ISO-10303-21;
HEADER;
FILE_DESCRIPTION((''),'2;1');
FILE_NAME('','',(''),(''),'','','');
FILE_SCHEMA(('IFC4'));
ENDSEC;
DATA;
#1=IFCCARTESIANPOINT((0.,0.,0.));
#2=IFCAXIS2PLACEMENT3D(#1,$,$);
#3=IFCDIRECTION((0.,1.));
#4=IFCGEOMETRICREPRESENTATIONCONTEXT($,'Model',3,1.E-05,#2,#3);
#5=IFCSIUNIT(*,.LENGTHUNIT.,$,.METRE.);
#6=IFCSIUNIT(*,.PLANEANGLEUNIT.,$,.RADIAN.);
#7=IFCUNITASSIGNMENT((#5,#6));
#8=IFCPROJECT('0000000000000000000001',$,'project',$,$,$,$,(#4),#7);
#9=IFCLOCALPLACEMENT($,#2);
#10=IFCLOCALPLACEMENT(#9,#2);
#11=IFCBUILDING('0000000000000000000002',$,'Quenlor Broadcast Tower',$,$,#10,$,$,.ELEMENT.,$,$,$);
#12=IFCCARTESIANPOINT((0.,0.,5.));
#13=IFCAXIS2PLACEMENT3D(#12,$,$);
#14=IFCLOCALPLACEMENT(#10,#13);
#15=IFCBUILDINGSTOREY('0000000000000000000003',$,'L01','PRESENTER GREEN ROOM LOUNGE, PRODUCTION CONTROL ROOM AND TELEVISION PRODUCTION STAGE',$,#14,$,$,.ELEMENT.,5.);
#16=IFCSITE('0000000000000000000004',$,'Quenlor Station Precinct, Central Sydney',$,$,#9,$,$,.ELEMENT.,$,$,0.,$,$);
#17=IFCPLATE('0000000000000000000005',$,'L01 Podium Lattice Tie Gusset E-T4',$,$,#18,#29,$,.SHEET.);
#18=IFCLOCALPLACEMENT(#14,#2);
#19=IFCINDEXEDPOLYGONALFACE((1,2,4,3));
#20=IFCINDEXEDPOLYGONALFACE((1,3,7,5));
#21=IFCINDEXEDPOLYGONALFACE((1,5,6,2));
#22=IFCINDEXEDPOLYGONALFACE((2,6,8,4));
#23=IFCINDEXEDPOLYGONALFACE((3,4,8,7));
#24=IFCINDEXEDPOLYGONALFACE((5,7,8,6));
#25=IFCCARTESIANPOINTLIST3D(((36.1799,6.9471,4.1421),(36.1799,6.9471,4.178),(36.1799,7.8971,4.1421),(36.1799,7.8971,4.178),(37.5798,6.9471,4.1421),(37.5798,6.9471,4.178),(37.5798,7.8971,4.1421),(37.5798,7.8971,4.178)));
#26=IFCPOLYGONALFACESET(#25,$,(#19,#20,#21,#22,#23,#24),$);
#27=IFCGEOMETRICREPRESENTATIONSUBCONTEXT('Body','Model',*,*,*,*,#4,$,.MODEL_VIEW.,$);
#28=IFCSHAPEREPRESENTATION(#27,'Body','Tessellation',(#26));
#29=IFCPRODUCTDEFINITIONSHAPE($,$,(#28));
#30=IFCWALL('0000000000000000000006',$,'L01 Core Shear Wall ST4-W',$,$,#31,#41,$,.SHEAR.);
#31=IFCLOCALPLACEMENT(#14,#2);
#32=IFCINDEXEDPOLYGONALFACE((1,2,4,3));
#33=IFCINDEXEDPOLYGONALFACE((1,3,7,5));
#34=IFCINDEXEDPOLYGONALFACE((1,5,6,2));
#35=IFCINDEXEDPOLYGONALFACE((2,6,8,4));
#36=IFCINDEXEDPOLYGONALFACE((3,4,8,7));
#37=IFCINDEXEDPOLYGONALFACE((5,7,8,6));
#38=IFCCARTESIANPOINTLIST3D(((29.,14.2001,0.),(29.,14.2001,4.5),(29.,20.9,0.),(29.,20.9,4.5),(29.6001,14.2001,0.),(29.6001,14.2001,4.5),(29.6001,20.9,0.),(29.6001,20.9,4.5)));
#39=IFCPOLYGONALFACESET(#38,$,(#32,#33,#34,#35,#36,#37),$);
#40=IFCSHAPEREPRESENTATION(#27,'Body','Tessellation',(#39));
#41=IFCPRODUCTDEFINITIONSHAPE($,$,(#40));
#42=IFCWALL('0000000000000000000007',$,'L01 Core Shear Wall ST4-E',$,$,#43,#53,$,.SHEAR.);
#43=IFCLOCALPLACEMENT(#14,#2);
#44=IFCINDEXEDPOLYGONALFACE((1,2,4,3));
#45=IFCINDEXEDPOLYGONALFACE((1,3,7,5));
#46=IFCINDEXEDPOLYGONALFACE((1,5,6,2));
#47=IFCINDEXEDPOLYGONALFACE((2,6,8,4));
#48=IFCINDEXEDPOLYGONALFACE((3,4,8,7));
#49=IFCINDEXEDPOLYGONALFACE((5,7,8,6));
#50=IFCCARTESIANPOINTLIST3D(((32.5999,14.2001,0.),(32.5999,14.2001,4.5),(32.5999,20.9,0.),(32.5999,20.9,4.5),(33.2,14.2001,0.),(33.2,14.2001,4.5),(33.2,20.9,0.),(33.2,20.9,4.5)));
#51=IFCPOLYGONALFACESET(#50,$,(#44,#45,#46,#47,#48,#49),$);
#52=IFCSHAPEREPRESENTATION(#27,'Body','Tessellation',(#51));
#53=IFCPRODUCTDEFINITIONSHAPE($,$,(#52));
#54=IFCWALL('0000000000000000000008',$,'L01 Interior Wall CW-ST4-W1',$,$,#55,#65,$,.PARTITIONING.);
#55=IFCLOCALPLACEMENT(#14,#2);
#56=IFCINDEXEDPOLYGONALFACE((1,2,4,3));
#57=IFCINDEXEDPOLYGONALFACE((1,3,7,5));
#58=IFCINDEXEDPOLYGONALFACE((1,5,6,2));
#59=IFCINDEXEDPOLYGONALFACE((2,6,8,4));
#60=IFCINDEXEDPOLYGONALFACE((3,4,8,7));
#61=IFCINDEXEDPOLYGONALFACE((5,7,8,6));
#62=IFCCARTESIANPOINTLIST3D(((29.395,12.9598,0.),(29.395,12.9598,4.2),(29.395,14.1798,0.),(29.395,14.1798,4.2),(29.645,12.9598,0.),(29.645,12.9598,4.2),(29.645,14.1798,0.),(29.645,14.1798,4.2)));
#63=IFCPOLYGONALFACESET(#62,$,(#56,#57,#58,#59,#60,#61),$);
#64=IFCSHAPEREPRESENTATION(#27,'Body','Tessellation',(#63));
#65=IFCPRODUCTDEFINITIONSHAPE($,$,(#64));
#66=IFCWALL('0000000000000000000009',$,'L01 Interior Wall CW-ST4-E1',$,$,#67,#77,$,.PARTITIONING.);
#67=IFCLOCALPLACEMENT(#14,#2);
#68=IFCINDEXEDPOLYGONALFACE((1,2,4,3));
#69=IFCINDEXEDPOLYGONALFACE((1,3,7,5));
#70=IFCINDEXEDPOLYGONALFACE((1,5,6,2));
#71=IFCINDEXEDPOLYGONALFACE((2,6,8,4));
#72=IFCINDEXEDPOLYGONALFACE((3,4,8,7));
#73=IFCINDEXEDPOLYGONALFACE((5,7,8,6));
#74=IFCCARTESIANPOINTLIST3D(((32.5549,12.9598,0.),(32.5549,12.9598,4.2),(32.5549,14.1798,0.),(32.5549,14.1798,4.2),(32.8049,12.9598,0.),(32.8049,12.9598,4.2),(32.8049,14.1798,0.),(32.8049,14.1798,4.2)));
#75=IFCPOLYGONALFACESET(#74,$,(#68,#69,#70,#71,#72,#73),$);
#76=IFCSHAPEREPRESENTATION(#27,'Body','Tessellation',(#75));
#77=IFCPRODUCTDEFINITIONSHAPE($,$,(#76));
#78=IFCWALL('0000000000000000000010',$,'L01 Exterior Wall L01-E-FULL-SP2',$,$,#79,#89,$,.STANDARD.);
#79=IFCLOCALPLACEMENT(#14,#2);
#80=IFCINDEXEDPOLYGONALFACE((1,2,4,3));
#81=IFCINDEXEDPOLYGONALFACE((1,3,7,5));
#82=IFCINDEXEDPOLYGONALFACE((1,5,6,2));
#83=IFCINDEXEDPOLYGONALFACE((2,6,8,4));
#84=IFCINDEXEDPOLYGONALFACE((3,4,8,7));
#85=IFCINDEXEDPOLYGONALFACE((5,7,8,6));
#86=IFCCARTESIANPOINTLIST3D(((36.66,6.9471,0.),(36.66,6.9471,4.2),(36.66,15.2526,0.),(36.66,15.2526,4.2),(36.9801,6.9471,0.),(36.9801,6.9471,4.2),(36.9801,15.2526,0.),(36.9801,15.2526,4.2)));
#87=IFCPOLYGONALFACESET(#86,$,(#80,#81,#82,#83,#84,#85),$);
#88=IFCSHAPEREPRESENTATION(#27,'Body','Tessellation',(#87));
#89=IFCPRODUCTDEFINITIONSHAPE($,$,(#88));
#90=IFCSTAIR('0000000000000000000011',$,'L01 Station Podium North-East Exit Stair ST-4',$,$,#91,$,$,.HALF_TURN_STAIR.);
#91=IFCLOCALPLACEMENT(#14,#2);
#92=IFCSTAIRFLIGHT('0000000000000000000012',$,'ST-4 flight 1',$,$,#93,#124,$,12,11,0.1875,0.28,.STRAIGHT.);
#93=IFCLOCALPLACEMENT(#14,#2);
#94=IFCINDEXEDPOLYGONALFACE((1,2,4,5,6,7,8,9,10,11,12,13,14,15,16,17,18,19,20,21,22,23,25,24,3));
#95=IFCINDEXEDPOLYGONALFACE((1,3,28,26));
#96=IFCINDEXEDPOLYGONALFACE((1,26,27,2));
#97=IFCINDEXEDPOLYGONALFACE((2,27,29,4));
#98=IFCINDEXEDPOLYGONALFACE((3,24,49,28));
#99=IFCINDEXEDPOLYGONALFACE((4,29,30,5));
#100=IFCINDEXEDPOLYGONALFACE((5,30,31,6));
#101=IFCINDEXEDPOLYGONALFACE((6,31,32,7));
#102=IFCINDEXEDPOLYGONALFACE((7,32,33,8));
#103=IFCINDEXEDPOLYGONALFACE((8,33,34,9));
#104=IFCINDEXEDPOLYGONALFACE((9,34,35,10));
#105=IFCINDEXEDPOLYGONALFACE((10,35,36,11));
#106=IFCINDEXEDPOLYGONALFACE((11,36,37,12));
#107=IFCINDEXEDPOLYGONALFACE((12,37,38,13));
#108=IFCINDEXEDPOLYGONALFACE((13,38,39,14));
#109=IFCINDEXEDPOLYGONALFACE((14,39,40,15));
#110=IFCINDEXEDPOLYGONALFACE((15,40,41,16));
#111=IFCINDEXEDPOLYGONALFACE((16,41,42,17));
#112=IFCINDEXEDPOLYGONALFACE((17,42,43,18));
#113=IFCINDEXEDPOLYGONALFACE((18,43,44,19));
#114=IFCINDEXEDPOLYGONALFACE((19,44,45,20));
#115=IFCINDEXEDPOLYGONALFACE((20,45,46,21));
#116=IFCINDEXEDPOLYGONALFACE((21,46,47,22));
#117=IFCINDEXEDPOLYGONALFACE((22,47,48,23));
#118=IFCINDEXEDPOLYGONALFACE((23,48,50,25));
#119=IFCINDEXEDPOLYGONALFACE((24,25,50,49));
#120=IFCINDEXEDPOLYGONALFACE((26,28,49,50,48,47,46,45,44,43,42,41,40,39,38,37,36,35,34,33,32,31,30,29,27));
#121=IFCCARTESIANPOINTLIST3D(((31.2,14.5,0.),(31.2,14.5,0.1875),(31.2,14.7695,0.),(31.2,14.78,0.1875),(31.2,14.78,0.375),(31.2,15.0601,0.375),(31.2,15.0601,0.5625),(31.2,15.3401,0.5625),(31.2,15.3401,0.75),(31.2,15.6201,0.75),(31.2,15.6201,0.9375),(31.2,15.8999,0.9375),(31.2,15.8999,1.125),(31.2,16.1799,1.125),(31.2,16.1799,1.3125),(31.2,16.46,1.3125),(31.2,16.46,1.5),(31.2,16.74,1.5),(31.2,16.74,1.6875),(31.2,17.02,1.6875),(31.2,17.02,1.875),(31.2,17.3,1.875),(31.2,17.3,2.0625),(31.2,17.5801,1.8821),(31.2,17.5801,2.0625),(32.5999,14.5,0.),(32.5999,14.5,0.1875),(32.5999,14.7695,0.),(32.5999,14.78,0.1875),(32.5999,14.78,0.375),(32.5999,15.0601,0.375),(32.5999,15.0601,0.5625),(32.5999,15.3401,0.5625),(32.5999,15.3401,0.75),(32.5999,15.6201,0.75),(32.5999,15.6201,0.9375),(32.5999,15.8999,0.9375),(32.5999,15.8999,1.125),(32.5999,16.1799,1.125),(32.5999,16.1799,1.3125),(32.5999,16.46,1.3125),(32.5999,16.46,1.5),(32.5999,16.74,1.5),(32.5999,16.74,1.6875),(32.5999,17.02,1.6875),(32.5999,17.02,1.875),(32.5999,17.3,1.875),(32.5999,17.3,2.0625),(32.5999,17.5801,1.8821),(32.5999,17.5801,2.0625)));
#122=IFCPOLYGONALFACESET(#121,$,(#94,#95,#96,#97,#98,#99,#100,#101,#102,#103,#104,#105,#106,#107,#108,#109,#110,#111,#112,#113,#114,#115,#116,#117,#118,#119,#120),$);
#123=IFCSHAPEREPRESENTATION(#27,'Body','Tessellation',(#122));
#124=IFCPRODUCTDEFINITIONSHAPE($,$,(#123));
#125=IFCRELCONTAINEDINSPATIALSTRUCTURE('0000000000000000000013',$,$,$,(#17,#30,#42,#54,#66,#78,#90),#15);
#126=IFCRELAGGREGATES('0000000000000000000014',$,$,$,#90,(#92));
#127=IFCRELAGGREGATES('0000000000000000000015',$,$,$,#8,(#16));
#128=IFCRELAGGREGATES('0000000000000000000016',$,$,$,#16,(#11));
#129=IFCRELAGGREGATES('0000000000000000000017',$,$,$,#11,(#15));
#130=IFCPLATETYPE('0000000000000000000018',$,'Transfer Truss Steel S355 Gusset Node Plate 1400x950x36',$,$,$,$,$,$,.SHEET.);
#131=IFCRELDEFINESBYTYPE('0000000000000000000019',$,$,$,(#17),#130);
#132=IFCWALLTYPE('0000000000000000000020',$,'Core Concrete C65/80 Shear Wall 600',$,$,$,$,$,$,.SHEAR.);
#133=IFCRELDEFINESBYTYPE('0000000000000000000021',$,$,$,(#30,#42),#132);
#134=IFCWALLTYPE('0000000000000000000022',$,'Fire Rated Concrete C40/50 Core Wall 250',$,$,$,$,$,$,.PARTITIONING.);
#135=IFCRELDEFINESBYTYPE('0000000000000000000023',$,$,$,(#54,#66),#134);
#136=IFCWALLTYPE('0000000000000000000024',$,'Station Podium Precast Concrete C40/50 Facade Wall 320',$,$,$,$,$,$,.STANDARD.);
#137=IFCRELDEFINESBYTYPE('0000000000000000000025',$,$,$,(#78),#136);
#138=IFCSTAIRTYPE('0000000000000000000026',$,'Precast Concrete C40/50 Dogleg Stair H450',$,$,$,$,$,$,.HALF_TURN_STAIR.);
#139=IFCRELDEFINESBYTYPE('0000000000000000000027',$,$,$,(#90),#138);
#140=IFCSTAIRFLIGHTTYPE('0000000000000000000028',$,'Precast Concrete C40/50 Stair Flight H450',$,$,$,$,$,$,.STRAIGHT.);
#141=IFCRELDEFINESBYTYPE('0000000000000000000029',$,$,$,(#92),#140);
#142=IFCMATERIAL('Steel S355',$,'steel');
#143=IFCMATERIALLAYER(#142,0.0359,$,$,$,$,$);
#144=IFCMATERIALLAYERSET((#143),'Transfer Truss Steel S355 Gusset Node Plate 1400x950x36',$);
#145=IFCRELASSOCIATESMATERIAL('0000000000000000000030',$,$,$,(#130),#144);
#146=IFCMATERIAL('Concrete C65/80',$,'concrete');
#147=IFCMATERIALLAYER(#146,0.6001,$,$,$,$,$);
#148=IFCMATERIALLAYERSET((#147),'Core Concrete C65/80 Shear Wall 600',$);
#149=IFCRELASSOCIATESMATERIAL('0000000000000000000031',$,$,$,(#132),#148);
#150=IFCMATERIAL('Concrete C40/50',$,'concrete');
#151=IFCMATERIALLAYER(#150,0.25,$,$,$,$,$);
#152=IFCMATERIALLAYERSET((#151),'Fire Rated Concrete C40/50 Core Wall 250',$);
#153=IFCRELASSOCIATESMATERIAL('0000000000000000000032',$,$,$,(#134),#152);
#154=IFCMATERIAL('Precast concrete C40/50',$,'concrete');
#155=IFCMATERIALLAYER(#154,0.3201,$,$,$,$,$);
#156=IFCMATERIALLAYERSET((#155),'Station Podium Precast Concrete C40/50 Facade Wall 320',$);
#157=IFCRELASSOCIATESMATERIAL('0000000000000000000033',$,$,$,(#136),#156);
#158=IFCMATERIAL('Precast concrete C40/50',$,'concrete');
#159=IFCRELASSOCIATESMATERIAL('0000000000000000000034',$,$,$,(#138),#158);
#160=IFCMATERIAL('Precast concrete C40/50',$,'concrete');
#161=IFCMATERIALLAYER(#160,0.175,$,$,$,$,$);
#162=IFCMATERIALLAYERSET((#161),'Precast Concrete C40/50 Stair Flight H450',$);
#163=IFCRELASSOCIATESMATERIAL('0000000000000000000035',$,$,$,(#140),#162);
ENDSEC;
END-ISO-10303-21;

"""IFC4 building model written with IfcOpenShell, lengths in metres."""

from ifc_helpers import new_model, si_unit, direction, frame, frame_2d, origin, origin_2d, place, context, subcontext, project, spatial, polyline, rectangle, outline, extrude, material, layer, layer_set, type_object, element, aggregate, save


model = new_model("IFC4")

# Units and contexts
model_context = context("Model", 3, precision=1e-05, world=origin(), true_north=direction((0.0, 1.0)))
body_context = subcontext(model_context, "Body", "Model", "MODEL_VIEW")
ifc_project = project(units=[si_unit("LENGTHUNIT", "METRE"), si_unit("PLANEANGLEUNIT", "RADIAN")], contexts=[model_context])

# Site, building, storey
site_placement = place(None, origin())
site = spatial("IfcSite", under=ifc_project, at=site_placement, Name="Quenlor Station Precinct, Central Sydney", CompositionType="ELEMENT", RefElevation=0.0)
building_placement = place(site_placement, origin())
building = spatial("IfcBuilding", under=site, at=building_placement, Name="Quenlor Broadcast Tower", CompositionType="ELEMENT")
storey_placement = place(building_placement, frame((0.0, 0.0, 5.0)))
storey = spatial("IfcBuildingStorey", under=building, at=storey_placement, Name="L01", Description="PRESENTER GREEN ROOM LOUNGE, PRODUCTION CONTROL ROOM AND TELEVISION PRODUCTION STAGE", CompositionType="ELEMENT", Elevation=5.0)

# Plate
ifc_material_1 = material(Name="Steel S355", Category="steel")
ifc_layer_1 = layer(ifc_material_1, 0.0359)
ifc_layer_set_1 = layer_set([ifc_layer_1], Name="Transfer Truss Steel S355 Gusset Node Plate 1400x950x36")
plate_type = type_object("IfcPlateType", Name="Transfer Truss Steel S355 Gusset Node Plate 1400x950x36", PredefinedType="SHEET", material=ifc_layer_set_1)
for number, where, z_axis, x_axis, name in (
    (1, (36.8799, 7.4221, 4.1421), (0.0, 0.0, 1.0), (1.0, 0.0, 0.0), "L01 Podium Lattice Tie Gusset E-T4"),
):
    element("IfcPlate", number, at=place(storey_placement, frame(where, z_axis=z_axis, x_axis=x_axis)), inside=storey, type_object=plate_type, Name=name, PredefinedType="SHEET", context=body_context, shape_type="SweptSolid", body=[
        extrude(rectangle(XDim=1.3999, YDim=0.95, at=origin_2d()), origin(), (0.0, 0.0, 1.0), 0.0359),
    ])

# Walls
ifc_material_2 = material(Name="Concrete C65/80", Category="concrete")
ifc_layer_2 = layer(ifc_material_2, 0.6001)
ifc_layer_set_2 = layer_set([ifc_layer_2], Name="Core Concrete C65/80 Shear Wall 600")
wall_type_1 = type_object("IfcWallType", Name="Core Concrete C65/80 Shear Wall 600", PredefinedType="SHEAR", material=ifc_layer_set_2)
for number, where, z_axis, x_axis, name in (
    (2, (29.3, 14.2, 0.0), (0.0, 0.0, 1.0), (0.0, 1.0, 0.0), "L01 Core Shear Wall ST4-W"),
    (3, (32.8999, 14.2, 0.0), (0.0, 0.0, 1.0), (0.0, 1.0, 0.0), "L01 Core Shear Wall ST4-E"),
):
    element("IfcWall", number, at=place(storey_placement, frame(where, z_axis=z_axis, x_axis=x_axis)), inside=storey, type_object=wall_type_1, Name=name, PredefinedType="SHEAR", context=body_context, shape_type="SweptSolid", body=[
        extrude(rectangle(XDim=6.7, YDim=0.6001, at=frame_2d((3.3501, 0.0))), origin(), (0.0, 0.0, 1.0), 4.5),
    ])

# Shared definitions
ifc_material_3 = material(Name="Concrete C40/50", Category="concrete")
ifc_layer_3 = layer(ifc_material_3, 0.25)
ifc_layer_set_3 = layer_set([ifc_layer_3], Name="Fire Rated Concrete C40/50 Core Wall 250")
wall_type_2 = type_object("IfcWallType", Name="Fire Rated Concrete C40/50 Core Wall 250", PredefinedType="PARTITIONING", material=ifc_layer_set_3)

# Walls
for number, where, z_axis, x_axis, name in (
    (4, (29.52, 12.96, 0.0), (0.0, 0.0, 1.0), (0.0, 1.0, 0.0), "L01 Interior Wall CW-ST4-W1"),
    (5, (32.6799, 12.96, 0.0), (0.0, 0.0, 1.0), (0.0, 1.0, 0.0), "L01 Interior Wall CW-ST4-E1"),
):
    element("IfcWall", number, at=place(storey_placement, frame(where, z_axis=z_axis, x_axis=x_axis)), inside=storey, type_object=wall_type_2, Name=name, PredefinedType="PARTITIONING", context=body_context, shape_type="SweptSolid", body=[
        extrude(rectangle(XDim=1.22, YDim=0.25, at=frame_2d((0.6099, 0.0))), origin(), (0.0, 0.0, 1.0), 4.2),
    ])
ifc_material_4 = material(Name="Precast concrete C40/50", Category="concrete")
ifc_layer_4 = layer(ifc_material_4, 0.3201)
ifc_layer_set_4 = layer_set([ifc_layer_4], Name="Station Podium Precast Concrete C40/50 Facade Wall 320")
wall_type_3 = type_object("IfcWallType", Name="Station Podium Precast Concrete C40/50 Facade Wall 320", PredefinedType="STANDARD", material=ifc_layer_set_4)
wall_1_placement = place(storey_placement, frame((36.8201, 15.2527, 0.0), z_axis=(0.0, 0.0, 1.0), x_axis=(0.0, -1.0, 0.0)))
element("IfcWall", 6, at=wall_1_placement, inside=storey, type_object=wall_type_3, Name="L01 Exterior Wall L01-E-FULL-SP2", PredefinedType="STANDARD", context=body_context, shape_type="SweptSolid", body=[
    extrude(rectangle(XDim=8.3054, YDim=0.3201, at=frame_2d((4.1528, 0.0))), origin(), (0.0, 0.0, 1.0), 4.2),
])

# Stair, stair flight
ifc_material_5 = material(Name="Precast concrete C40/50", Category="concrete")
stair_type = type_object("IfcStairType", Name="Precast Concrete C40/50 Dogleg Stair H450", PredefinedType="HALF_TURN_STAIR", material=ifc_material_5)
stair_placement = place(storey_placement, origin())
stair = element("IfcStair", 7, at=stair_placement, inside=storey, type_object=stair_type, Name="L01 Station Podium North-East Exit Stair ST-4", PredefinedType="HALF_TURN_STAIR")
ifc_material_6 = material(Name="Precast concrete C40/50", Category="concrete")
ifc_layer_5 = layer(ifc_material_6, 0.175)
ifc_layer_set_5 = layer_set([ifc_layer_5], Name="Precast Concrete C40/50 Stair Flight H450")
stair_flight_type = type_object("IfcStairFlightType", Name="Precast Concrete C40/50 Stair Flight H450", PredefinedType="STRAIGHT", material=ifc_layer_set_5)
stair_flight_placement = place(storey_placement, frame((31.8999, 14.5, 0.0), z_axis=(0.0, 0.0, 1.0), x_axis=(0.0, 1.0, 0.0)))
stair_flight = element("IfcStairFlight", 8, at=stair_flight_placement, type_object=stair_flight_type, Name="ST-4 flight 1", NumberOfRisers=12, NumberOfTreads=11, PredefinedType="STRAIGHT", RiserHeight=0.1875, TreadLength=0.28, context=body_context, shape_type="SweptSolid", body=[
    extrude(outline(polyline([(0.0, 0.0), (0.0, 0.1875), (0.28, 0.1875), (0.28, 0.375), (0.5601, 0.375), (0.5601, 0.5625), (0.8401, 0.5625), (0.8401, 0.75), (1.1201, 0.75), (1.1201, 0.9375), (1.3999, 0.9375), (1.3999, 1.125), (1.6799, 1.125), (1.6799, 1.3125), (1.96, 1.3125), (1.96, 1.5), (2.24, 1.5), (2.24, 1.6875), (2.52, 1.6875), (2.52, 1.875), (2.8, 1.875), (2.8, 2.0625), (3.0801, 2.0625), (3.0801, 2.25), (3.0801, 1.8821), (0.2695, 0.0), (0.0, 0.0)])), frame((0.0, 0.7, 0.0), z_axis=(0.0, -1.0, 0.0), x_axis=(1.0, 0.0, 0.0)), (0.0, 0.0, 1.0), 1.3999),
])
aggregate(stair, [stair_flight])

save(model, "model.ifc")
